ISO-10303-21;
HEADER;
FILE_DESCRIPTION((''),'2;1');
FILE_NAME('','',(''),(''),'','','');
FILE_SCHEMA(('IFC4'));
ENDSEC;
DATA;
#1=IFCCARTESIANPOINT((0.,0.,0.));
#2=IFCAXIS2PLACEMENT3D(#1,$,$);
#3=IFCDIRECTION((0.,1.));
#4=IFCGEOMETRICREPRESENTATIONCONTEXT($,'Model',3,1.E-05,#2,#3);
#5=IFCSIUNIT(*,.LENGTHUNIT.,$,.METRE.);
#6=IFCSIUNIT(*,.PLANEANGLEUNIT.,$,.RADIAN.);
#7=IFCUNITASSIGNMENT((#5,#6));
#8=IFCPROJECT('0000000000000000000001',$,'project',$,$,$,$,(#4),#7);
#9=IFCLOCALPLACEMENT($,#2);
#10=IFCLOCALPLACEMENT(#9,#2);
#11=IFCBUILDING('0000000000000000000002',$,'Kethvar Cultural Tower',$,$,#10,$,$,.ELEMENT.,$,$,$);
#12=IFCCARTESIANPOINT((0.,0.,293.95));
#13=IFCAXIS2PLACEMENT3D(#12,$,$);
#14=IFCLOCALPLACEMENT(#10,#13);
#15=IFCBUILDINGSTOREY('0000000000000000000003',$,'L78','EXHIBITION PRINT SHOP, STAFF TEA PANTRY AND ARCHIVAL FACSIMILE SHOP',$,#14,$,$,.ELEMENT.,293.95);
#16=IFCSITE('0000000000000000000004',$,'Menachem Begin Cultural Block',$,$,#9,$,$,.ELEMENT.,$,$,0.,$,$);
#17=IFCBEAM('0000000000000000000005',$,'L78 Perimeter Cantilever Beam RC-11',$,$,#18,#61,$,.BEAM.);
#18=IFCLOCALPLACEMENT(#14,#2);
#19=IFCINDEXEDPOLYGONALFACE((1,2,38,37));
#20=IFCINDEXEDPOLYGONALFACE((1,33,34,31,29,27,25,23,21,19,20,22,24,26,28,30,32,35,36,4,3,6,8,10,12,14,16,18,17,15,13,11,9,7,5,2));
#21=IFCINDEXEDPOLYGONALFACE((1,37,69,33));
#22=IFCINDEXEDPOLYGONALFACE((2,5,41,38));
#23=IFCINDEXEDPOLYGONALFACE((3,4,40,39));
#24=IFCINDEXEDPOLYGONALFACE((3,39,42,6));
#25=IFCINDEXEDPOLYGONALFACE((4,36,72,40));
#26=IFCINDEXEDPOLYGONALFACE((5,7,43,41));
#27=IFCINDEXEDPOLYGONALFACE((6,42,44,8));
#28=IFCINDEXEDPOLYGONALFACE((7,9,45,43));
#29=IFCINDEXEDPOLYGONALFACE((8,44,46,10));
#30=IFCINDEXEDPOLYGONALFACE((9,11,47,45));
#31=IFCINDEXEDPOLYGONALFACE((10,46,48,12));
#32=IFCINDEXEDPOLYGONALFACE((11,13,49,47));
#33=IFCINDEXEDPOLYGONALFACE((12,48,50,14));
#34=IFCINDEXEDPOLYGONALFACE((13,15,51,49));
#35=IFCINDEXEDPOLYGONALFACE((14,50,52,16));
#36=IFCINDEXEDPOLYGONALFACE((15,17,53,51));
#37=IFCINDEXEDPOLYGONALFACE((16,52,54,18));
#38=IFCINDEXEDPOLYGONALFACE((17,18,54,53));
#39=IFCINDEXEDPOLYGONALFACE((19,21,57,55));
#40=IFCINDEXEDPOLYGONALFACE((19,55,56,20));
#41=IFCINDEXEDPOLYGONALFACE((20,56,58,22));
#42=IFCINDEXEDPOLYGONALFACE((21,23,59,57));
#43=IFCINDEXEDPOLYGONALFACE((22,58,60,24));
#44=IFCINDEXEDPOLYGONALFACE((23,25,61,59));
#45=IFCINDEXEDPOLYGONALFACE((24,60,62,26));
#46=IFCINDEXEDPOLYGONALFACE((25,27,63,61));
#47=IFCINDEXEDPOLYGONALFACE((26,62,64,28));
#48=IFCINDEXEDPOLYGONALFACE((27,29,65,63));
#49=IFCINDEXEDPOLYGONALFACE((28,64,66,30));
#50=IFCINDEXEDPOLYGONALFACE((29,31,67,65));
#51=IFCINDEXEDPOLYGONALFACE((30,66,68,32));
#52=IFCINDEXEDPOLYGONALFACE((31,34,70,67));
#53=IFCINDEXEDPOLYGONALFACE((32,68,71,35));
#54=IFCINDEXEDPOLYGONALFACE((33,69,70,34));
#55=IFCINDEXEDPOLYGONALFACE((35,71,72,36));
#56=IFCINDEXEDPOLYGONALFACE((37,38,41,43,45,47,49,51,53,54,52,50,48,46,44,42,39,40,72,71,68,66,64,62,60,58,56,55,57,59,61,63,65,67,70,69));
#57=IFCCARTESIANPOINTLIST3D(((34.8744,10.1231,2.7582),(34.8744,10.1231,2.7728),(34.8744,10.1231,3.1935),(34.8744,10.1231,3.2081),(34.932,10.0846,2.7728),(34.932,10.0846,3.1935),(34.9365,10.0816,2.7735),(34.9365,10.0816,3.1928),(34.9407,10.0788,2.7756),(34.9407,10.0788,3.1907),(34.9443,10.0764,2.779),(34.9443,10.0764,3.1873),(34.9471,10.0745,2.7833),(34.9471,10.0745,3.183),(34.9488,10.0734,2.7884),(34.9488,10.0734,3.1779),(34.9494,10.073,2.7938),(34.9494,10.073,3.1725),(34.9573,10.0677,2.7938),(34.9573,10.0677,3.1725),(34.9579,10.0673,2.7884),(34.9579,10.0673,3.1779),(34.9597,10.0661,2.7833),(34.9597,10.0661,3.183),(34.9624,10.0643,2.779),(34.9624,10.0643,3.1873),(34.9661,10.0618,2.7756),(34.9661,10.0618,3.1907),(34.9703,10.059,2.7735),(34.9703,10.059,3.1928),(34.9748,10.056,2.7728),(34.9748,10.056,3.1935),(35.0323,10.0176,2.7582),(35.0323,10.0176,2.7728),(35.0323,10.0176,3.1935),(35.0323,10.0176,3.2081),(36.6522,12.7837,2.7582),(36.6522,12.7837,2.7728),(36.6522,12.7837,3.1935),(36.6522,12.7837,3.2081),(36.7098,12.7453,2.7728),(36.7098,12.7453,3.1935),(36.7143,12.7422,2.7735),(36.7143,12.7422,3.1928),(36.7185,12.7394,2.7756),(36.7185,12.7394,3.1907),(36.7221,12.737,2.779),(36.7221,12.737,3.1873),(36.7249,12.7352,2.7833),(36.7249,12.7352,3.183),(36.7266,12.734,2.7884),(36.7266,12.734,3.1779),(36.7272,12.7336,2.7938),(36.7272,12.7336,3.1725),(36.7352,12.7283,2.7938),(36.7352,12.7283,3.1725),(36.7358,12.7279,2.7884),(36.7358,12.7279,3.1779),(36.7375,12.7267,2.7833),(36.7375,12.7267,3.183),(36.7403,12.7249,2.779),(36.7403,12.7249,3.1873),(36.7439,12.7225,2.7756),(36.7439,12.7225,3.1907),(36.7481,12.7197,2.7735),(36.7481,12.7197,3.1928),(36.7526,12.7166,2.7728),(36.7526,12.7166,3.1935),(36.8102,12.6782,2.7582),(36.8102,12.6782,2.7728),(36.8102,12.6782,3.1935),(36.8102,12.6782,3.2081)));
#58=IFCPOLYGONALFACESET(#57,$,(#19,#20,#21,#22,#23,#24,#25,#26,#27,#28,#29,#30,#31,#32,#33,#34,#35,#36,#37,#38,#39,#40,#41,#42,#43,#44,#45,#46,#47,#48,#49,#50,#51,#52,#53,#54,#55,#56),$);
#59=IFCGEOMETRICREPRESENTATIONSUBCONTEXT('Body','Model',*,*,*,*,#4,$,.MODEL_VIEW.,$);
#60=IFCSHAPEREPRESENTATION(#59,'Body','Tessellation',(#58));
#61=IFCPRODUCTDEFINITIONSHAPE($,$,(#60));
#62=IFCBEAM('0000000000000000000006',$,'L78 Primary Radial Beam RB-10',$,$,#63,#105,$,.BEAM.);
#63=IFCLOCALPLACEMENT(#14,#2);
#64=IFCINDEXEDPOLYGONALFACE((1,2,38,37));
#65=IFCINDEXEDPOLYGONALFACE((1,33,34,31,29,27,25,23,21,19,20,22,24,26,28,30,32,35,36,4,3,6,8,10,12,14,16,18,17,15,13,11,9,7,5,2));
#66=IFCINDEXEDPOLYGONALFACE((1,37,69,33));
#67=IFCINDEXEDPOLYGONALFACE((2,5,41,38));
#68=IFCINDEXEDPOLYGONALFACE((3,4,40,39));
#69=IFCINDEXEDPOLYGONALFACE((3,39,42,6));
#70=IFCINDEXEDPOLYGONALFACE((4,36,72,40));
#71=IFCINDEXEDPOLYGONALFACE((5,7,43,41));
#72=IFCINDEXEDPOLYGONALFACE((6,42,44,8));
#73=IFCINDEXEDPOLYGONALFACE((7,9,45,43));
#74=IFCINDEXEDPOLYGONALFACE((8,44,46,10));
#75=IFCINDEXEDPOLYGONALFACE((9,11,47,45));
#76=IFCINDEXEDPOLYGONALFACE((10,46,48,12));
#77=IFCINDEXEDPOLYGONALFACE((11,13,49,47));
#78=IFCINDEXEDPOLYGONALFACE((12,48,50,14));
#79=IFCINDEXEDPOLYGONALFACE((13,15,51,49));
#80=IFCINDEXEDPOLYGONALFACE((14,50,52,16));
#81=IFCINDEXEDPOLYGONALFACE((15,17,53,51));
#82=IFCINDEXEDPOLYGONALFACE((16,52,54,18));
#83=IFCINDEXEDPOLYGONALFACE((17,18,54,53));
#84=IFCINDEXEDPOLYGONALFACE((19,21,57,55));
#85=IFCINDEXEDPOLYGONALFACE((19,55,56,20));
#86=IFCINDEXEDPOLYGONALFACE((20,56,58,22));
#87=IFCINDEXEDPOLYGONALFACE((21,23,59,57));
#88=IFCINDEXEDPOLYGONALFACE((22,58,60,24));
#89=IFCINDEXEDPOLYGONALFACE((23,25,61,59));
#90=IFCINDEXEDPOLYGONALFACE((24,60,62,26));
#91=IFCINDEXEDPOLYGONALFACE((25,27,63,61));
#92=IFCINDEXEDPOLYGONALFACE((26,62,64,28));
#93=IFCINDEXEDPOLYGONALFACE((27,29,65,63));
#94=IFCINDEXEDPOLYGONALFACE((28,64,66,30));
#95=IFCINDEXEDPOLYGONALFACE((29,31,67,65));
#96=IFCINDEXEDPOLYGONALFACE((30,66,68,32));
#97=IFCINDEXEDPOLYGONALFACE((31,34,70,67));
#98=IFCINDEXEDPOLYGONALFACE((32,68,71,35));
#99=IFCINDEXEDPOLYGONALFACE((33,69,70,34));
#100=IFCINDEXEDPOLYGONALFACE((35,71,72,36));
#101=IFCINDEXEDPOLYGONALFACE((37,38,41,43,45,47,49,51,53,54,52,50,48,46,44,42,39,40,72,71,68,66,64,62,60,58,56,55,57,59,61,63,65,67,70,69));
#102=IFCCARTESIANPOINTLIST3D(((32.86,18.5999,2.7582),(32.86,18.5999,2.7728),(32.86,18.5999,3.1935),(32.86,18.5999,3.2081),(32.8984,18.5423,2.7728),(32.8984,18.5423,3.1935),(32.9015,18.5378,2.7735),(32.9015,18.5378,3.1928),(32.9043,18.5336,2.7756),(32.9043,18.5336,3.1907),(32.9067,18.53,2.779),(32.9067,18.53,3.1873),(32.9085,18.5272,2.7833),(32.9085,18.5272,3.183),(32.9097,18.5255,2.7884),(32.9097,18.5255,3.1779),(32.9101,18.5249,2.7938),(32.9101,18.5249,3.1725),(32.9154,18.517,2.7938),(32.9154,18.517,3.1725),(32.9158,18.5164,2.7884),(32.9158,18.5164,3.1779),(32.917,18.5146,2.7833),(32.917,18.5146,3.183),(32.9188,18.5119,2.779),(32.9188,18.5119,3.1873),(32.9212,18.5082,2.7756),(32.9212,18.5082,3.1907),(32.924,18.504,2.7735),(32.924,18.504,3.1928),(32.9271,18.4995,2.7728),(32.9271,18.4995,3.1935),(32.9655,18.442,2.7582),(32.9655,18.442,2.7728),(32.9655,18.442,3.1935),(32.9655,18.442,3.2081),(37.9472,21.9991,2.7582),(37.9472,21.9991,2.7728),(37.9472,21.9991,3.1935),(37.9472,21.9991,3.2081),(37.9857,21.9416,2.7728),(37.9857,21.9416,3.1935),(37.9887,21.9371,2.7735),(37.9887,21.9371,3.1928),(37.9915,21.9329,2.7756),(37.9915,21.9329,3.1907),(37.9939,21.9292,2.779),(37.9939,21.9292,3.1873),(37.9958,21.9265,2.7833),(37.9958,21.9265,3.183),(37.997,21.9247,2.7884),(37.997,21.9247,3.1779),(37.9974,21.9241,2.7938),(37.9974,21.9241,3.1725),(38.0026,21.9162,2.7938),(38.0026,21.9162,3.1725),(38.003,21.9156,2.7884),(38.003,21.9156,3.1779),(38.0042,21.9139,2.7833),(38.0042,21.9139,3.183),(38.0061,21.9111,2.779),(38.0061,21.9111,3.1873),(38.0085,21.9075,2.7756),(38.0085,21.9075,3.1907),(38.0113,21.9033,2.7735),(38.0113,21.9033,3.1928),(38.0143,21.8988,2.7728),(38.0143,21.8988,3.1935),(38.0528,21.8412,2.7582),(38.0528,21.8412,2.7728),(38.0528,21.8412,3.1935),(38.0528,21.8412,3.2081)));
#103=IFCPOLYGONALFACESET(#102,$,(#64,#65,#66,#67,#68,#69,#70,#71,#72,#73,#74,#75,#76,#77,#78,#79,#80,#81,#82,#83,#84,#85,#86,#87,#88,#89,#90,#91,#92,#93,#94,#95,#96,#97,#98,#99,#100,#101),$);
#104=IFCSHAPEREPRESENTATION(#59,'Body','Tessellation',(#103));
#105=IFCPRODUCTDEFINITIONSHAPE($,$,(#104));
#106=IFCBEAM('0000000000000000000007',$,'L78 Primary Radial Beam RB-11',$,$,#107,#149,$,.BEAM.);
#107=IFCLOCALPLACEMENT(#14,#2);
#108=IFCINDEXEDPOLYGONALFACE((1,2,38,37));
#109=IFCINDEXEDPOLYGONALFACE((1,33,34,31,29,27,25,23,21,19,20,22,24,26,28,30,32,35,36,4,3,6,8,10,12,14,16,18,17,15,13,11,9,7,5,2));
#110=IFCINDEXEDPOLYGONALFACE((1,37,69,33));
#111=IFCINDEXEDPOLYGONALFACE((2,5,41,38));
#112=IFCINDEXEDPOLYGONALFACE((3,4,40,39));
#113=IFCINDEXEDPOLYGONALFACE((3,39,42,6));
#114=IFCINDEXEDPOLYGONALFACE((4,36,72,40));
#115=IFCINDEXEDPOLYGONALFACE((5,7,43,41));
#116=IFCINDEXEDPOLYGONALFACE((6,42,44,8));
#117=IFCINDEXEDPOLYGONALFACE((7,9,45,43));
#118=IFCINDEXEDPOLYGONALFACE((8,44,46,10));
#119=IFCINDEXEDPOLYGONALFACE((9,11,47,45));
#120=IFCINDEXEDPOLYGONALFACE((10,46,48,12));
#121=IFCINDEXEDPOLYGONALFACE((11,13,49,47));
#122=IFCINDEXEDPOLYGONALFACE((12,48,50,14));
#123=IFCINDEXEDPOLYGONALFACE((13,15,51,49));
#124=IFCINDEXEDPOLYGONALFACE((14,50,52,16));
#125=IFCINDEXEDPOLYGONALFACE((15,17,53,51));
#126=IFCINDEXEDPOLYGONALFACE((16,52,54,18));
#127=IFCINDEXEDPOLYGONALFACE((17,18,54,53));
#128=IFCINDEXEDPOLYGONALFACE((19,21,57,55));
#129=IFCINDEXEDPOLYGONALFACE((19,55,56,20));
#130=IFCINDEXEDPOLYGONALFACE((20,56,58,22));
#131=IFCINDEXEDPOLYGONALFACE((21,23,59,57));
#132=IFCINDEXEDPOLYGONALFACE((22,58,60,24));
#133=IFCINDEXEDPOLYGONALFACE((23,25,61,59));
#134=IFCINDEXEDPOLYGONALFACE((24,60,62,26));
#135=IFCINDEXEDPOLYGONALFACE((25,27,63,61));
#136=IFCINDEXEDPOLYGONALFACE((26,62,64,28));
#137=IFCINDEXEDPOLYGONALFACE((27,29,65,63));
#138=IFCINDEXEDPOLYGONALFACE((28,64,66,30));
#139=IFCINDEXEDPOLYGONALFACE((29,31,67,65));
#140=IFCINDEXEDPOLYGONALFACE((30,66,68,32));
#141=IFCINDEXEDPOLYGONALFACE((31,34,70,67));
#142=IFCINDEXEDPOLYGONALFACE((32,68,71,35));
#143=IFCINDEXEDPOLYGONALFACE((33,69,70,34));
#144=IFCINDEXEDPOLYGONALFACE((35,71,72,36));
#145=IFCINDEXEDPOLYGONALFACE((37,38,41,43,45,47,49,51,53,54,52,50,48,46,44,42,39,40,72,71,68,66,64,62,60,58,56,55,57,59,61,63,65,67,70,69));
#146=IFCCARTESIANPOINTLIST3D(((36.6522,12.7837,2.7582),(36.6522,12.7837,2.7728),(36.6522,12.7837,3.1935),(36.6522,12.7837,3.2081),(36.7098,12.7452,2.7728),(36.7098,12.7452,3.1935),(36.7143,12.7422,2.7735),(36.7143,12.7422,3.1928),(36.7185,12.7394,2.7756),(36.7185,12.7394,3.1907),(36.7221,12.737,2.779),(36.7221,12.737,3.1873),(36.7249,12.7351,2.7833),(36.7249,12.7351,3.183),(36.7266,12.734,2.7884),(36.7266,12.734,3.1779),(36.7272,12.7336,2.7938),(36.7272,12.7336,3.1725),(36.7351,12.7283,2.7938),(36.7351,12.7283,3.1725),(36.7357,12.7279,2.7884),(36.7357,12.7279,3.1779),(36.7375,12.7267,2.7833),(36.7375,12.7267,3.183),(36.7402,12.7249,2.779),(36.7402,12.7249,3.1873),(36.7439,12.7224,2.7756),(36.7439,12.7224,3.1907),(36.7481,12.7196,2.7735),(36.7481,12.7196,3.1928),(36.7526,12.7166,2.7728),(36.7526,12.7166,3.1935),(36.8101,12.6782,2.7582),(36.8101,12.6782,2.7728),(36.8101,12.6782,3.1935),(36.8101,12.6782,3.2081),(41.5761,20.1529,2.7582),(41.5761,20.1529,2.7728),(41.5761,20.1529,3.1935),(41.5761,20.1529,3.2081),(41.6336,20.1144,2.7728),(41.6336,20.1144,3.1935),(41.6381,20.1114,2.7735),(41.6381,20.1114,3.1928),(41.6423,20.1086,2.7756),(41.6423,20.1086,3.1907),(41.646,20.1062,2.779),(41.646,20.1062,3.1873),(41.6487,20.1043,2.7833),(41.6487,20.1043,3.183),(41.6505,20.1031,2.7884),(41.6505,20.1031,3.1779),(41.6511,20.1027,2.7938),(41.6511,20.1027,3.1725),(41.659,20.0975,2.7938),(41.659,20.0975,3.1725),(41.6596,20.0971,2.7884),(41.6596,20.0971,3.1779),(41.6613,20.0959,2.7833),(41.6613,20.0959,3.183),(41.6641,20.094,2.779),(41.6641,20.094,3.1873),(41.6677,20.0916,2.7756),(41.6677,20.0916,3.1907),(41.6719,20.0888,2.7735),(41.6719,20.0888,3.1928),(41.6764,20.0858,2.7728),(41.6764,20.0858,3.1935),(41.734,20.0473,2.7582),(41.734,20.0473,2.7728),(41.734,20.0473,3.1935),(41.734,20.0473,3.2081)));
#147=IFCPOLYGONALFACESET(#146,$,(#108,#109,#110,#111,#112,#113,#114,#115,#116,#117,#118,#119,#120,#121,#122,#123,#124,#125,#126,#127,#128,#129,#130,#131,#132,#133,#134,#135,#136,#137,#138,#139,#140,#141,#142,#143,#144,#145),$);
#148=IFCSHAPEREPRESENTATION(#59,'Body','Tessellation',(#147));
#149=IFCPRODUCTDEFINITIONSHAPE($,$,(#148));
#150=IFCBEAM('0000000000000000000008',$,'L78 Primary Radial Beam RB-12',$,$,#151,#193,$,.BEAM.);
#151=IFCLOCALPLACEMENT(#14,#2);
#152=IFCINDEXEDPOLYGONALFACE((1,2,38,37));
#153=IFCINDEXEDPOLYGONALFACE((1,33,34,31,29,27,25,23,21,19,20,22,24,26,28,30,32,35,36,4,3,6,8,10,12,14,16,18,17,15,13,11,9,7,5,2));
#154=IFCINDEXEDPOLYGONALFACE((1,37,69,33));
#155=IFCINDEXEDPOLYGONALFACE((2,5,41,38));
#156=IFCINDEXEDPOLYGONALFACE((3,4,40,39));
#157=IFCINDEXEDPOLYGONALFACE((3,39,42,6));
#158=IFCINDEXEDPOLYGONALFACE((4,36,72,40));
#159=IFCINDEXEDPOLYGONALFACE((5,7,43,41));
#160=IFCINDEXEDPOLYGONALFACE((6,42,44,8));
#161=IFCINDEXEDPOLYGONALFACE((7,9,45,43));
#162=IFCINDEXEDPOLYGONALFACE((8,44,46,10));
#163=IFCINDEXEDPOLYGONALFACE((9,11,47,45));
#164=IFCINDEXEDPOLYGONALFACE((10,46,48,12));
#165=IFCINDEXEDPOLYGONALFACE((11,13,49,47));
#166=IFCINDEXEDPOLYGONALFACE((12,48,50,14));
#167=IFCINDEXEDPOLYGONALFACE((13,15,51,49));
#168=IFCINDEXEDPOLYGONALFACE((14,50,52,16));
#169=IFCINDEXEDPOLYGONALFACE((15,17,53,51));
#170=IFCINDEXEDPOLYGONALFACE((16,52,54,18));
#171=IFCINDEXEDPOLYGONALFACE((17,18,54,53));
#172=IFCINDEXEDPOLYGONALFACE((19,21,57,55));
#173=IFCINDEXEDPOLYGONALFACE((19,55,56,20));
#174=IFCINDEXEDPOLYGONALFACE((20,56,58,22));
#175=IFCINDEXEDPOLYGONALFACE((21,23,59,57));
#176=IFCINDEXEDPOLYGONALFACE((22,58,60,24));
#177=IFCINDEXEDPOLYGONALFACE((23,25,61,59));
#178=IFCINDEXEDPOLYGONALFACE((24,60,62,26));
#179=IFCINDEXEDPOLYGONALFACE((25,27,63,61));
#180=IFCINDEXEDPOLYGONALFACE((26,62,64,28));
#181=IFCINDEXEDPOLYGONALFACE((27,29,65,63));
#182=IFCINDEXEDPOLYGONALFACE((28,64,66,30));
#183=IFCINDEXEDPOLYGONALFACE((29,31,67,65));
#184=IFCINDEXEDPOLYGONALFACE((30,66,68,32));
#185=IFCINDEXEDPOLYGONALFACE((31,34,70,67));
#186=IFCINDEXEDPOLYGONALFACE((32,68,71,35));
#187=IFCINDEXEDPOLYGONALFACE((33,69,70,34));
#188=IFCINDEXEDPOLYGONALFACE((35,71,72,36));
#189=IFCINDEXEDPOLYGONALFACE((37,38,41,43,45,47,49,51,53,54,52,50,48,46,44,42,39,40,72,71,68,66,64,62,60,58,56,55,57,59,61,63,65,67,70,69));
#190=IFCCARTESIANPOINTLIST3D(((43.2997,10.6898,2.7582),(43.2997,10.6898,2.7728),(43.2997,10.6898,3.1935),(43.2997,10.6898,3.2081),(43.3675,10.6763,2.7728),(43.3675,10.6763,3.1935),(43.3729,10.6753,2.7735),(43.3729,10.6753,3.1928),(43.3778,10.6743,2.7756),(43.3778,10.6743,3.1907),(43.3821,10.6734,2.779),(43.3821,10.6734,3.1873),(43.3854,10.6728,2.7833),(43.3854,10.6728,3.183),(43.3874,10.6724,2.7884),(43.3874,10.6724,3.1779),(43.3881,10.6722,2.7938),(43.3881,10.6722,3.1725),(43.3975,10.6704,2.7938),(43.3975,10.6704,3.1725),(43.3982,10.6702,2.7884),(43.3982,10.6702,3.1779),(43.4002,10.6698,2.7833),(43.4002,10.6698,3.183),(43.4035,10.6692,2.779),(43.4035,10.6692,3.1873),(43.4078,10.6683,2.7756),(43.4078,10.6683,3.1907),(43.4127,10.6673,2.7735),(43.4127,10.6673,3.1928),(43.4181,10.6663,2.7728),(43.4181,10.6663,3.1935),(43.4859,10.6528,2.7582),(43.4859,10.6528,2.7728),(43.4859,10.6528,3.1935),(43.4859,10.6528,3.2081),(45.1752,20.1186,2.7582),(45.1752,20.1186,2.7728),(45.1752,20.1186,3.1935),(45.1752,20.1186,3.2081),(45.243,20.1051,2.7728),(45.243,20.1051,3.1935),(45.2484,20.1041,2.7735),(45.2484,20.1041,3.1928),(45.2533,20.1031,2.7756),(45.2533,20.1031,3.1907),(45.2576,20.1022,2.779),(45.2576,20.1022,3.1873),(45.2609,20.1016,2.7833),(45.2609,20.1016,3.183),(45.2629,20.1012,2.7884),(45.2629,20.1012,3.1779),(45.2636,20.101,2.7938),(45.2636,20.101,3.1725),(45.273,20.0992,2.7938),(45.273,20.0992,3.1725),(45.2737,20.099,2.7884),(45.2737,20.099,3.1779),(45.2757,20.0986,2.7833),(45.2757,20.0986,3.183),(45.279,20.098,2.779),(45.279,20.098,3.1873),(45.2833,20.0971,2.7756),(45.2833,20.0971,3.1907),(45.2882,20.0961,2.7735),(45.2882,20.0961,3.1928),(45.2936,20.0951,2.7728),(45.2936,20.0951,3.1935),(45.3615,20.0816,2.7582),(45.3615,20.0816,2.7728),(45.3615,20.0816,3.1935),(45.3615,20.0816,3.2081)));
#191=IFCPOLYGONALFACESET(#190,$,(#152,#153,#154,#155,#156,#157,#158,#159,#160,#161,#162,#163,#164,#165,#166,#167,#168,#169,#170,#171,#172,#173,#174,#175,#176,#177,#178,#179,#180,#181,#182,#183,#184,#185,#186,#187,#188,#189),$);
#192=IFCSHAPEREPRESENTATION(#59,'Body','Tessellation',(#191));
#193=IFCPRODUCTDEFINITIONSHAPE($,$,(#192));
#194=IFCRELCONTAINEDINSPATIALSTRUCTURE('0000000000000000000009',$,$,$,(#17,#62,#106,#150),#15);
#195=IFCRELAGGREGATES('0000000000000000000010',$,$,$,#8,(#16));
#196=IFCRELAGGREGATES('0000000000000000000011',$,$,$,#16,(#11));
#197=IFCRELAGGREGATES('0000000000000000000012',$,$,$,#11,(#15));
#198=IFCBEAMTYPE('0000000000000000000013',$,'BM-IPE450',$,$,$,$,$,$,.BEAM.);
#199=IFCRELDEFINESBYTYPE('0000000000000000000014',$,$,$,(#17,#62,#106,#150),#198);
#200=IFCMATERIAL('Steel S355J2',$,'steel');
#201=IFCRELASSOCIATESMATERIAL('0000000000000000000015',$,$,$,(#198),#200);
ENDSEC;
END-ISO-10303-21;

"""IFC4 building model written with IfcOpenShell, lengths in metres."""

from ifc_helpers import new_model, si_unit, direction, frame, origin, origin_2d, place, context, subcontext, project, spatial, i_section, extrude, source, transform, mapped, material, material_profile, profile_set, type_object, element, save


model = new_model("IFC4")

# Units and contexts
model_context = context("Model", 3, precision=1e-05, world=origin(), true_north=direction((0.0, 1.0)))
body_context = subcontext(model_context, "Body", "Model", "MODEL_VIEW")
ifc_project = project(units=[si_unit("LENGTHUNIT", "METRE"), si_unit("PLANEANGLEUNIT", "RADIAN")], contexts=[model_context])

# Site, building, storey
site_placement = place(None, origin())
site = spatial("IfcSite", under=ifc_project, at=site_placement, Name="Menachem Begin Cultural Block", CompositionType="ELEMENT", RefElevation=0.0)
building_placement = place(site_placement, origin())
building = spatial("IfcBuilding", under=site, at=building_placement, Name="Kethvar Cultural Tower", CompositionType="ELEMENT")
storey_placement = place(building_placement, frame((0.0, 0.0, 293.95)))
storey = spatial("IfcBuildingStorey", under=building, at=storey_placement, Name="L78", Description="EXHIBITION PRINT SHOP, STAFF TEA PANTRY AND ARCHIVAL FACSIMILE SHOP", CompositionType="ELEMENT", Elevation=293.95)

# Beams
ifc_material_1 = material(Name="Steel S355J2", Category="steel")
ifc_material_profile_1 = material_profile(ifc_material_1, i_section(OverallWidth=0.1899, OverallDepth=0.45, WebThickness=0.0095, FlangeThickness=0.0146, FilletRadius=0.021, at=origin_2d()), Name="Steel S355J2 — IPE450")
ifc_profile_set_1 = profile_set([ifc_material_profile_1], Name="Steel S355J2 — IPE450")
beam_type_1 = type_object("IfcBeamType", Name="BM-IPE450", PredefinedType="BEAM", material=ifc_profile_set_1)
shared_shape_1 = source(origin(), body_context, "Body", "SweptSolid", [
    extrude(i_section(OverallWidth=0.1899, OverallDepth=0.45, WebThickness=0.0095, FlangeThickness=0.0146, FilletRadius=0.021, at=origin_2d()), origin(), (0.0, 0.0, 1.0), 3.2),
])
beam_1_placement = place(storey_placement, frame((36.7312, 12.731, 2.9832), z_axis=(-0.55558, -0.831463, 0.0), x_axis=(0.831463, -0.55558, 0.0)))
element("IfcBeam", 1, at=beam_1_placement, inside=storey, type_object=beam_type_1, Name="L78 Perimeter Cantilever Beam RC-11", PredefinedType="BEAM", context=body_context, shape_type="MappedRepresentation", body=[
    mapped(shared_shape_1, transform((0.0, 0.0, 0.0), scale=1.0)),
])
shared_shape_2 = source(origin(), body_context, "Body", "SweptSolid", [
    extrude(i_section(OverallWidth=0.1899, OverallDepth=0.45, WebThickness=0.0095, FlangeThickness=0.0146, FilletRadius=0.021, at=origin_2d()), origin(), (0.0, 0.0, 1.0), 6.1184),
])
beam_2_placement = place(storey_placement, frame((38.0, 21.9202, 2.9832), z_axis=(-0.831467, -0.555575, 0.0), x_axis=(0.555575, -0.831467, 0.0)))
element("IfcBeam", 2, at=beam_2_placement, inside=storey, type_object=beam_type_1, Name="L78 Primary Radial Beam RB-10", PredefinedType="BEAM", context=body_context, shape_type="MappedRepresentation", body=[
    mapped(shared_shape_2, transform((0.0, 0.0, 0.0), scale=1.0)),
])
shared_shape_3 = source(origin(), body_context, "Body", "SweptSolid", [
    extrude(i_section(OverallWidth=0.1899, OverallDepth=0.45, WebThickness=0.0095, FlangeThickness=0.0146, FilletRadius=0.021, at=origin_2d()), origin(), (0.0, 0.0, 1.0), 8.8628),
])
beam_3_placement = place(storey_placement, frame((41.655, 20.1001, 2.9832), z_axis=(-0.555564, -0.831473, 0.0), x_axis=(0.831473, -0.555564, 0.0)))
element("IfcBeam", 3, at=beam_3_placement, inside=storey, type_object=beam_type_1, Name="L78 Primary Radial Beam RB-11", PredefinedType="BEAM", context=body_context, shape_type="MappedRepresentation", body=[
    mapped(shared_shape_3, transform((0.0, 0.0, 0.0), scale=1.0)),
])
shared_shape_4 = source(origin(), body_context, "Body", "SweptSolid", [
    extrude(i_section(OverallWidth=0.1899, OverallDepth=0.45, WebThickness=0.0095, FlangeThickness=0.0146, FilletRadius=0.021, at=origin_2d()), origin(), (0.0, 0.0, 1.0), 9.6135),
])
beam_4_placement = place(storey_placement, frame((45.2683, 20.1001, 2.9832), z_axis=(-0.19509, -0.980785, 0.0), x_axis=(0.980785, -0.19509, 0.0)))
element("IfcBeam", 4, at=beam_4_placement, inside=storey, type_object=beam_type_1, Name="L78 Primary Radial Beam RB-12", PredefinedType="BEAM", context=body_context, shape_type="MappedRepresentation", body=[
    mapped(shared_shape_4, transform((0.0, 0.0, 0.0), scale=1.0)),
])

save(model, "model.ifc")
